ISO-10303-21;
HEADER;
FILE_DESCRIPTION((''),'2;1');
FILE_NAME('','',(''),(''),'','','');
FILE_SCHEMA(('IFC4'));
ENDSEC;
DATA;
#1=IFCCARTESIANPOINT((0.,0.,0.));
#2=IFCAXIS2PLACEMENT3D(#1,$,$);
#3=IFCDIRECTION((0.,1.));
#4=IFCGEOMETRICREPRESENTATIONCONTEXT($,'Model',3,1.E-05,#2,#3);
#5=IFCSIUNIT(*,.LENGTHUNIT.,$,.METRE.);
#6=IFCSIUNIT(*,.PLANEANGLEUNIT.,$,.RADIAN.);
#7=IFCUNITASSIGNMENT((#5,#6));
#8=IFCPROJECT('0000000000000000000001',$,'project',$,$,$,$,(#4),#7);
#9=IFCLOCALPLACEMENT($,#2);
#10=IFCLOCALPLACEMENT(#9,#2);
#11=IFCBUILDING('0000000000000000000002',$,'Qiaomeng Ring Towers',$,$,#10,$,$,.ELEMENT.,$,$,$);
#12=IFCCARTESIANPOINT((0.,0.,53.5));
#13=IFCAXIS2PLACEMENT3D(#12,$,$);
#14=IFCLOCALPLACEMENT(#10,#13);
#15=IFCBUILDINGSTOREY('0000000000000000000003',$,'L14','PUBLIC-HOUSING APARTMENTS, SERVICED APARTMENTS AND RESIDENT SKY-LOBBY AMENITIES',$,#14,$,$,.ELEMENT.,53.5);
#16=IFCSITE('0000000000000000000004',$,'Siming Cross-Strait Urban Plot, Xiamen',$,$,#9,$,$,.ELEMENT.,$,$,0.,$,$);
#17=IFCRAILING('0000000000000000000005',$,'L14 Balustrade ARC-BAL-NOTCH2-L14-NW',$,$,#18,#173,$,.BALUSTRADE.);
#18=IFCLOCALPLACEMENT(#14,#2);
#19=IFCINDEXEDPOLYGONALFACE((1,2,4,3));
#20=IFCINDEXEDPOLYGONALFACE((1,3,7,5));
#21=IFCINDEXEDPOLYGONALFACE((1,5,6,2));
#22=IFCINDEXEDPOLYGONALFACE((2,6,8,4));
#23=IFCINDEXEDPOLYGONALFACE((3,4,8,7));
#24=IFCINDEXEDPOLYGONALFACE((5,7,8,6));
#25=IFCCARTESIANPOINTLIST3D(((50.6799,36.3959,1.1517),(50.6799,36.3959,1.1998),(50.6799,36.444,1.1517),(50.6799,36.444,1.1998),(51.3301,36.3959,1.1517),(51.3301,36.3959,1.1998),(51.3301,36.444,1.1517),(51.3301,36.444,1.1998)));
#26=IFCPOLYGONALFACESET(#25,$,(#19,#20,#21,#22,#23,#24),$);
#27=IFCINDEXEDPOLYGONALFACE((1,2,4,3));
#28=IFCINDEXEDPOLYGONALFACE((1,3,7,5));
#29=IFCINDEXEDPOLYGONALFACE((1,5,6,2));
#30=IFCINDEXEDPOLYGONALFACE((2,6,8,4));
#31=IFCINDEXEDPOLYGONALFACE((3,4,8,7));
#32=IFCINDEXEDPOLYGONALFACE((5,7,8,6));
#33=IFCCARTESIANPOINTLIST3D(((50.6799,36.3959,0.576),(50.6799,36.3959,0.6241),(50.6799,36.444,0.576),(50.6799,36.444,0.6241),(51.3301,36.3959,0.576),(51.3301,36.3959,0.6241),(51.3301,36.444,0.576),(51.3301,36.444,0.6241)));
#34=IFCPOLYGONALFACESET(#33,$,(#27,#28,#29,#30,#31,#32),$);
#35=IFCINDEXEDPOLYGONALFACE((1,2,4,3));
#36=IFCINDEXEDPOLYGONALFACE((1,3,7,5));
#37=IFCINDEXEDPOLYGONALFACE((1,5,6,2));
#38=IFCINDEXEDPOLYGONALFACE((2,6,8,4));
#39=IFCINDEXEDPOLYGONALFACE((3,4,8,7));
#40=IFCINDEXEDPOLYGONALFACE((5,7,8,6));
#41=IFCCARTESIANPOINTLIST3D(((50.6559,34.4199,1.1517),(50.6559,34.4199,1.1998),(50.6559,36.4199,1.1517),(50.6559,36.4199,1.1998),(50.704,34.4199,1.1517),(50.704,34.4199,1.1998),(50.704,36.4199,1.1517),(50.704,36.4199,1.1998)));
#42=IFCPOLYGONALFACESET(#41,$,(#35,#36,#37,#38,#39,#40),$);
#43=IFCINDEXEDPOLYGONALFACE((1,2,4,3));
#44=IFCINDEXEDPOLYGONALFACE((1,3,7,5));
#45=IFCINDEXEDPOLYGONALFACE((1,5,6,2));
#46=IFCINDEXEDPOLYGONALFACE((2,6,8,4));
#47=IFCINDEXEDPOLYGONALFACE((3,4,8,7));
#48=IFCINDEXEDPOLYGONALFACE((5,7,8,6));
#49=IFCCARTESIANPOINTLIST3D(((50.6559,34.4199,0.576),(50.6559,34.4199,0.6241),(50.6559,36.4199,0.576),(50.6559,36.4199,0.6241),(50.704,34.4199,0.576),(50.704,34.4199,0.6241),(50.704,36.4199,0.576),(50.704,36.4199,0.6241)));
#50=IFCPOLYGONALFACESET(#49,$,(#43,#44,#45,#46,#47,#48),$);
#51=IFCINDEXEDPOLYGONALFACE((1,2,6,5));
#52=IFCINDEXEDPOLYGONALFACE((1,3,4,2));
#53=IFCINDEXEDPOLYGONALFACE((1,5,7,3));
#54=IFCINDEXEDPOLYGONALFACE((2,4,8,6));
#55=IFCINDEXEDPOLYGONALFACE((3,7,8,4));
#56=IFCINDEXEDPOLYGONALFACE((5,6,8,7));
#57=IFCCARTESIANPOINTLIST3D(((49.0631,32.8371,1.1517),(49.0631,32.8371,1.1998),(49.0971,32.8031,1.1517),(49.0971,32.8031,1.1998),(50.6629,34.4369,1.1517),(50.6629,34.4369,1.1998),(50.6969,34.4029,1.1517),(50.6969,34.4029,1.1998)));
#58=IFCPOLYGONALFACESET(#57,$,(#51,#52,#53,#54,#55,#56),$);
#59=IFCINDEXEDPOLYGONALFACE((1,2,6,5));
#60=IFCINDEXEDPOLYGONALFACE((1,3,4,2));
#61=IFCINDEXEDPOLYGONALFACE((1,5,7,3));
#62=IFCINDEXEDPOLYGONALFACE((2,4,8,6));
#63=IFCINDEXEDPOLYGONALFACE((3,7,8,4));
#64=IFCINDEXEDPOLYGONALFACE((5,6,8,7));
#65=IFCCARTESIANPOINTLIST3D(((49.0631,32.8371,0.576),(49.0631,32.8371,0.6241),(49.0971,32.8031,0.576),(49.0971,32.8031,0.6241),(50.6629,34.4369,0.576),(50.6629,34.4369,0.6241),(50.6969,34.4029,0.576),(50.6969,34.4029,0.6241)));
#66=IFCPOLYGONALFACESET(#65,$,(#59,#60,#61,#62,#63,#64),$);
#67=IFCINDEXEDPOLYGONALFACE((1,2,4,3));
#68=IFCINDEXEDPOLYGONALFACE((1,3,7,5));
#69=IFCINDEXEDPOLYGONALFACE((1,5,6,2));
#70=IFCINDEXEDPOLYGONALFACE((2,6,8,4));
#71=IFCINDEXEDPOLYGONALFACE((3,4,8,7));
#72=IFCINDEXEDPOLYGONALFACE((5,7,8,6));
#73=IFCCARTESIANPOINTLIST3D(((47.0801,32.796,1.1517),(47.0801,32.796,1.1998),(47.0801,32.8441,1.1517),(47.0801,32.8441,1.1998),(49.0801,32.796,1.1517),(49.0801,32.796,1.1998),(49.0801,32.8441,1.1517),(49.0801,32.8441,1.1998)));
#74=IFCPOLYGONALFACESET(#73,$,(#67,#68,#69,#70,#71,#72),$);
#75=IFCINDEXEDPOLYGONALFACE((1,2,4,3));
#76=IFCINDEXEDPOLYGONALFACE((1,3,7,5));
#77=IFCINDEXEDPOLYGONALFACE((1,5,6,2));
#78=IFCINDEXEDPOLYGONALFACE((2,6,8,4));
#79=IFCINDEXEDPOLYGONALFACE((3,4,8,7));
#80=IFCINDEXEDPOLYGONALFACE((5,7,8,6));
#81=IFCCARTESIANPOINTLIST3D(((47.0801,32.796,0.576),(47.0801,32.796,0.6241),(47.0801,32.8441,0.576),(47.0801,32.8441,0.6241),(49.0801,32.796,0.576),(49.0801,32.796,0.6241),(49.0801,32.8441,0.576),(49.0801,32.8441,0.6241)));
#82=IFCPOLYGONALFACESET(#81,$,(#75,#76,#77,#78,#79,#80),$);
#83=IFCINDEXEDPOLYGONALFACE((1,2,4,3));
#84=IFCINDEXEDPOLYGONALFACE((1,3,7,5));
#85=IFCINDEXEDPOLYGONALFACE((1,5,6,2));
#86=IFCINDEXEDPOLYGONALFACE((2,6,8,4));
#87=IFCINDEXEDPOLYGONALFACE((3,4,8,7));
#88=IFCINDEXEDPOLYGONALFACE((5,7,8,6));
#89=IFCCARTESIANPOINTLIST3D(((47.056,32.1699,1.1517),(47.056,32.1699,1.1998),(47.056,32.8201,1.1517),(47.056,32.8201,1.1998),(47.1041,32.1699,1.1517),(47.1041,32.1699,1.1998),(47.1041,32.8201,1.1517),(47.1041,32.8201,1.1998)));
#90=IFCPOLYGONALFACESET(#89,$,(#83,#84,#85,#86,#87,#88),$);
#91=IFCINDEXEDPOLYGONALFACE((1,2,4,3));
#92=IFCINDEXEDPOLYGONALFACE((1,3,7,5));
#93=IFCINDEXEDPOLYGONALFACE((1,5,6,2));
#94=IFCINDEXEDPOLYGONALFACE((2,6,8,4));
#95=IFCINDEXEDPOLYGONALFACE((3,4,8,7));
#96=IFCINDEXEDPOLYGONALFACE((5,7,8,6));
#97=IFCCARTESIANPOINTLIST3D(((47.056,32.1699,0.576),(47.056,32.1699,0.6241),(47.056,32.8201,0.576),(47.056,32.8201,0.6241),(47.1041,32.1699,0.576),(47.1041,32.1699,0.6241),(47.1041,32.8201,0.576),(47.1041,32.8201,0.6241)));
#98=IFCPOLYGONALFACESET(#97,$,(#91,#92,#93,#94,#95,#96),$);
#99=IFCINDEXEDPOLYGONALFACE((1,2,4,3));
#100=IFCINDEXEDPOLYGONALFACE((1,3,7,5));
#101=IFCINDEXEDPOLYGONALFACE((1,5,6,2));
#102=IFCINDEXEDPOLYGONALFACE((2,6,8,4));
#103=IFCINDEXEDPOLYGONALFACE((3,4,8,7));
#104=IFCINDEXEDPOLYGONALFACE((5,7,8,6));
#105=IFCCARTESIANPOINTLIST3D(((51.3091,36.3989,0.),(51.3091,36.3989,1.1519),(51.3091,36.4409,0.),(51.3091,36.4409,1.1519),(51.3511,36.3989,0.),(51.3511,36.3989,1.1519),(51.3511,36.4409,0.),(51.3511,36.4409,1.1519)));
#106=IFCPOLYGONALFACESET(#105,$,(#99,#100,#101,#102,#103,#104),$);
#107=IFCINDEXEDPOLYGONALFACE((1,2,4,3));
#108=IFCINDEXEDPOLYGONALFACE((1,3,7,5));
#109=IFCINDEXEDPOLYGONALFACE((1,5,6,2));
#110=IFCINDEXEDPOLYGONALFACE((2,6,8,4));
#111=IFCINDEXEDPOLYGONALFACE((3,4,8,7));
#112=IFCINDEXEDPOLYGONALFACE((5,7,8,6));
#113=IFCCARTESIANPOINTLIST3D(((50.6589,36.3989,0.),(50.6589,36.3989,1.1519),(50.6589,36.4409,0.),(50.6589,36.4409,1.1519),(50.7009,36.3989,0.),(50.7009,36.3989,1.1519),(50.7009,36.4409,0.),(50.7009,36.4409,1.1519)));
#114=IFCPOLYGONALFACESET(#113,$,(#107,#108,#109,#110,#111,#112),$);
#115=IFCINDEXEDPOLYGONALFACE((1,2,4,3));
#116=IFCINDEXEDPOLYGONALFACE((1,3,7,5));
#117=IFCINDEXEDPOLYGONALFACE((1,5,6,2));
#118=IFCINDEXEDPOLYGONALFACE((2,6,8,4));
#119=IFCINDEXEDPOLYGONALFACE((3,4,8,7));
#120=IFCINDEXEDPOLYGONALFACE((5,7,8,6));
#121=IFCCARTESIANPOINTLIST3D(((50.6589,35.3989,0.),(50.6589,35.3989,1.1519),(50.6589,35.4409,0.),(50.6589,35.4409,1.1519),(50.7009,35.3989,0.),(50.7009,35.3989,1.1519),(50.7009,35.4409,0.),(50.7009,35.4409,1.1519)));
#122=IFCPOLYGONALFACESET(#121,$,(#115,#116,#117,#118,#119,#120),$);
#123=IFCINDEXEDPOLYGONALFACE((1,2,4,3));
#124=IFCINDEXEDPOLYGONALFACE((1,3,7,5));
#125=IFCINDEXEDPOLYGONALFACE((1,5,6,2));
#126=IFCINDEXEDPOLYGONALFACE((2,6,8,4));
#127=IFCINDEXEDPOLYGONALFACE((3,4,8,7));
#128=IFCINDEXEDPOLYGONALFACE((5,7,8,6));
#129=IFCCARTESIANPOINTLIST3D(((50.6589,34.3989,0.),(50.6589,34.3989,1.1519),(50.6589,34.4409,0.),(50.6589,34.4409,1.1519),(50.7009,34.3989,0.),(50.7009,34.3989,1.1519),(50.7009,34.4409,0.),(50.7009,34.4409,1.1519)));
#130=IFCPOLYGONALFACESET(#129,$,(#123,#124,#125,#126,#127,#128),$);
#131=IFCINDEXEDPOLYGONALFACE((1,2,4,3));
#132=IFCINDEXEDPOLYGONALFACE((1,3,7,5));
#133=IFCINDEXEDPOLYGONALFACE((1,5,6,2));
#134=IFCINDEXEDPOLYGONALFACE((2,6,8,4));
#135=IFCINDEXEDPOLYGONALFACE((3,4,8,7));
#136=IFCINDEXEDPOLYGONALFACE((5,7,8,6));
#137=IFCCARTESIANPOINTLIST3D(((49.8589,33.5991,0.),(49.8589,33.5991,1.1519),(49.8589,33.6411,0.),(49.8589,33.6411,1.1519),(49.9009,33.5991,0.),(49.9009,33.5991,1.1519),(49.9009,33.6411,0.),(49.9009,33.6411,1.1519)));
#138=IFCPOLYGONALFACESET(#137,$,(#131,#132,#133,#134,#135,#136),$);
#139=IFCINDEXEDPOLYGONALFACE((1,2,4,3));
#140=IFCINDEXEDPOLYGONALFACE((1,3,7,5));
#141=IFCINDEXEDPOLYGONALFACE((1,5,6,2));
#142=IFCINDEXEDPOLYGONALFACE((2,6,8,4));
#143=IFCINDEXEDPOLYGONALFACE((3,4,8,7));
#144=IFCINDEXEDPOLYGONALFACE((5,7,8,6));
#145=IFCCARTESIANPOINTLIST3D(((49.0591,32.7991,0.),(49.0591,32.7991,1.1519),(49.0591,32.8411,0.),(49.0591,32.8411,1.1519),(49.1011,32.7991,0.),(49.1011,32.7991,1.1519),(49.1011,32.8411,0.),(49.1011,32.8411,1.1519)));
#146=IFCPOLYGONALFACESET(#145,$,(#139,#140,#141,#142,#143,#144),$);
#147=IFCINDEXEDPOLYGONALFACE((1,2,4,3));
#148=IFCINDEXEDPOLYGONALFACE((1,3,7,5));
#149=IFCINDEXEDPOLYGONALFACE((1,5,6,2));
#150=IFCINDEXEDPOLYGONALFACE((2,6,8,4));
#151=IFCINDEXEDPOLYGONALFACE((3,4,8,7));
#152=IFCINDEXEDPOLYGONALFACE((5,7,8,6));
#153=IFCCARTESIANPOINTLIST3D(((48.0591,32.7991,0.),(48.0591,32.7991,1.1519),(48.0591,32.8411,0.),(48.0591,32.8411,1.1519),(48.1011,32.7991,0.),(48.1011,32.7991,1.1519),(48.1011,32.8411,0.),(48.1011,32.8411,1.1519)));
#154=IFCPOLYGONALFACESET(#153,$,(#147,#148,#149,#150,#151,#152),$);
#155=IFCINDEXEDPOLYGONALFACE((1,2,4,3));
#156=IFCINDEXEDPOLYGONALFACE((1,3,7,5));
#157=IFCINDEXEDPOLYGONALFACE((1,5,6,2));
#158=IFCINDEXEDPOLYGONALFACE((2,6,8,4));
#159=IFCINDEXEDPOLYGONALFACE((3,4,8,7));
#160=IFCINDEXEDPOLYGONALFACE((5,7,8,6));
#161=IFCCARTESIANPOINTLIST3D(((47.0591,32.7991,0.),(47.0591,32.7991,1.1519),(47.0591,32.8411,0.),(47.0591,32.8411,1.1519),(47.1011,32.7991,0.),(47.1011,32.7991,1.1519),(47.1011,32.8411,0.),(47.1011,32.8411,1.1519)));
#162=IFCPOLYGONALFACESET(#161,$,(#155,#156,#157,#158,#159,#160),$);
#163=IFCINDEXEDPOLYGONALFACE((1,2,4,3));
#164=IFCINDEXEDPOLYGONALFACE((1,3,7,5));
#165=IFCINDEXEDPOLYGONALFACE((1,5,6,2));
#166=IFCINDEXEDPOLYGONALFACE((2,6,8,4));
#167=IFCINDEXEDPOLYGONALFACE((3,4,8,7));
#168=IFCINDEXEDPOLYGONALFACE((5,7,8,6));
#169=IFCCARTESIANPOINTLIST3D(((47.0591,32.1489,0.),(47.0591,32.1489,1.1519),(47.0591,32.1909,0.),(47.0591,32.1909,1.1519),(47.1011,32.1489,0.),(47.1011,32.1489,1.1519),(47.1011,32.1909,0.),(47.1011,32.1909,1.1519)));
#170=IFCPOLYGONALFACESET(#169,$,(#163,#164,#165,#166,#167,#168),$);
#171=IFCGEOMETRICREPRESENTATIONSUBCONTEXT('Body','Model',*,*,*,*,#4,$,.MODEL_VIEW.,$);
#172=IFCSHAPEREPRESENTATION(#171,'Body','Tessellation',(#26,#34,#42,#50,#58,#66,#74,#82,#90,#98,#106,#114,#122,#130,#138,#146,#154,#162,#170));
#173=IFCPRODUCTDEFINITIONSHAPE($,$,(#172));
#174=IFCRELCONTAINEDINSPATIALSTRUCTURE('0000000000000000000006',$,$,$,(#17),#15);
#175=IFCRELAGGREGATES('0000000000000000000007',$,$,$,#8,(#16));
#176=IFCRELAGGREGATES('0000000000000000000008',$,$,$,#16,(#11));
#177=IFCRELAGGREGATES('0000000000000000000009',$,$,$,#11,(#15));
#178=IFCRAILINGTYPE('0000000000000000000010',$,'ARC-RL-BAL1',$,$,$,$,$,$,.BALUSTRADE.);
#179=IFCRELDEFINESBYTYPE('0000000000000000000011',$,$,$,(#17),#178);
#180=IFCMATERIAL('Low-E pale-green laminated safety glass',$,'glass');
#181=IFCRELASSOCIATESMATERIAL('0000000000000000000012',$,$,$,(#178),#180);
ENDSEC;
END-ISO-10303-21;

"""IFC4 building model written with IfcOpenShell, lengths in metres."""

from ifc_helpers import new_model, si_unit, direction, frame, origin, origin_2d, place, context, subcontext, project, spatial, rectangle, extrude, material, type_object, element, save


model = new_model("IFC4")

# Units and contexts
model_context = context("Model", 3, precision=1e-05, world=origin(), true_north=direction((0.0, 1.0)))
body_context = subcontext(model_context, "Body", "Model", "MODEL_VIEW")
ifc_project = project(units=[si_unit("LENGTHUNIT", "METRE"), si_unit("PLANEANGLEUNIT", "RADIAN")], contexts=[model_context])

# Site, building, storey
site_placement = place(None, origin())
site = spatial("IfcSite", under=ifc_project, at=site_placement, Name="Siming Cross-Strait Urban Plot, Xiamen", CompositionType="ELEMENT", RefElevation=0.0)
building_placement = place(site_placement, origin())
building = spatial("IfcBuilding", under=site, at=building_placement, Name="Qiaomeng Ring Towers", CompositionType="ELEMENT")
storey_placement = place(building_placement, frame((0.0, 0.0, 53.5)))
storey = spatial("IfcBuildingStorey", under=building, at=storey_placement, Name="L14", Description="PUBLIC-HOUSING APARTMENTS, SERVICED APARTMENTS AND RESIDENT SKY-LOBBY AMENITIES", CompositionType="ELEMENT", Elevation=53.5)

# Railing
ifc_material_1 = material(Name="Low-E pale-green laminated safety glass", Category="glass")
railing_type = type_object("IfcRailingType", Name="ARC-RL-BAL1", PredefinedType="BALUSTRADE", material=ifc_material_1)
railing_1_placement = place(storey_placement, frame((51.3301, 36.4199, 0.0)))
element("IfcRailing", 1, at=railing_1_placement, inside=storey, type_object=railing_type, Name="L14 Balustrade ARC-BAL-NOTCH2-L14-NW", PredefinedType="BALUSTRADE", context=body_context, shape_type="SweptSolid", body=[
    extrude(rectangle(XDim=0.0481, YDim=0.0481, at=origin_2d()), frame((0.0, 0.0, 1.1758), z_axis=(-1.0, 0.0, 0.0), x_axis=(0.0, -1.0, 0.0)), (0.0, 0.0, 1.0), 0.6501),
    extrude(rectangle(XDim=0.0481, YDim=0.0481, at=origin_2d()), frame((0.0, 0.0, 0.6001), z_axis=(-1.0, 0.0, 0.0), x_axis=(0.0, -1.0, 0.0)), (0.0, 0.0, 1.0), 0.6501),
    extrude(rectangle(XDim=0.0481, YDim=0.0481, at=origin_2d()), frame((-0.6501, 0.0, 1.1758), z_axis=(0.0, -1.0, 0.0), x_axis=(1.0, 0.0, 0.0)), (0.0, 0.0, 1.0), 2.0),
    extrude(rectangle(XDim=0.0481, YDim=0.0481, at=origin_2d()), frame((-0.6501, 0.0, 0.6001), z_axis=(0.0, -1.0, 0.0), x_axis=(1.0, 0.0, 0.0)), (0.0, 0.0, 1.0), 2.0),
    extrude(rectangle(XDim=0.0481, YDim=0.0481, at=origin_2d()), frame((-0.6501, -2.0, 1.1758), z_axis=(-0.707107, -0.707107, 0.0), x_axis=(0.707107, -0.707107, 0.0)), (0.0, 0.0, 1.0), 2.2625),
    extrude(rectangle(XDim=0.0481, YDim=0.0481, at=origin_2d()), frame((-0.6501, -2.0, 0.6001), z_axis=(-0.707107, -0.707107, 0.0), x_axis=(0.707107, -0.707107, 0.0)), (0.0, 0.0, 1.0), 2.2625),
    extrude(rectangle(XDim=0.0481, YDim=0.0481, at=origin_2d()), frame((-2.25, -3.5999, 1.1758), z_axis=(-1.0, 0.0, 0.0), x_axis=(0.0, -1.0, 0.0)), (0.0, 0.0, 1.0), 2.0),
    extrude(rectangle(XDim=0.0481, YDim=0.0481, at=origin_2d()), frame((-2.25, -3.5999, 0.6001), z_axis=(-1.0, 0.0, 0.0), x_axis=(0.0, -1.0, 0.0)), (0.0, 0.0, 1.0), 2.0),
    extrude(rectangle(XDim=0.0481, YDim=0.0481, at=origin_2d()), frame((-4.25, -3.5999, 1.1758), z_axis=(0.0, -1.0, 0.0), x_axis=(1.0, 0.0, 0.0)), (0.0, 0.0, 1.0), 0.6501),
    extrude(rectangle(XDim=0.0481, YDim=0.0481, at=origin_2d()), frame((-4.25, -3.5999, 0.6001), z_axis=(0.0, -1.0, 0.0), x_axis=(1.0, 0.0, 0.0)), (0.0, 0.0, 1.0), 0.6501),
    extrude(rectangle(XDim=0.042, YDim=0.042, at=origin_2d()), origin(), (0.0, 0.0, 1.0), 1.1519),
    extrude(rectangle(XDim=0.042, YDim=0.042, at=origin_2d()), frame((-0.6501, 0.0, 0.0)), (0.0, 0.0, 1.0), 1.1519),
    extrude(rectangle(XDim=0.042, YDim=0.042, at=origin_2d()), frame((-0.6501, -1.0, 0.0)), (0.0, 0.0, 1.0), 1.1519),
    extrude(rectangle(XDim=0.042, YDim=0.042, at=origin_2d()), frame((-0.6501, -2.0, 0.0)), (0.0, 0.0, 1.0), 1.1519),
    extrude(rectangle(XDim=0.042, YDim=0.042, at=origin_2d()), frame((-1.4502, -2.7998, 0.0)), (0.0, 0.0, 1.0), 1.1519),
    extrude(rectangle(XDim=0.042, YDim=0.042, at=origin_2d()), frame((-2.25, -3.5999, 0.0)), (0.0, 0.0, 1.0), 1.1519),
    extrude(rectangle(XDim=0.042, YDim=0.042, at=origin_2d()), frame((-3.25, -3.5999, 0.0)), (0.0, 0.0, 1.0), 1.1519),
    extrude(rectangle(XDim=0.042, YDim=0.042, at=origin_2d()), frame((-4.25, -3.5999, 0.0)), (0.0, 0.0, 1.0), 1.1519),
    extrude(rectangle(XDim=0.042, YDim=0.042, at=origin_2d()), frame((-4.25, -4.25, 0.0)), (0.0, 0.0, 1.0), 1.1519),
])

save(model, "model.ifc")
